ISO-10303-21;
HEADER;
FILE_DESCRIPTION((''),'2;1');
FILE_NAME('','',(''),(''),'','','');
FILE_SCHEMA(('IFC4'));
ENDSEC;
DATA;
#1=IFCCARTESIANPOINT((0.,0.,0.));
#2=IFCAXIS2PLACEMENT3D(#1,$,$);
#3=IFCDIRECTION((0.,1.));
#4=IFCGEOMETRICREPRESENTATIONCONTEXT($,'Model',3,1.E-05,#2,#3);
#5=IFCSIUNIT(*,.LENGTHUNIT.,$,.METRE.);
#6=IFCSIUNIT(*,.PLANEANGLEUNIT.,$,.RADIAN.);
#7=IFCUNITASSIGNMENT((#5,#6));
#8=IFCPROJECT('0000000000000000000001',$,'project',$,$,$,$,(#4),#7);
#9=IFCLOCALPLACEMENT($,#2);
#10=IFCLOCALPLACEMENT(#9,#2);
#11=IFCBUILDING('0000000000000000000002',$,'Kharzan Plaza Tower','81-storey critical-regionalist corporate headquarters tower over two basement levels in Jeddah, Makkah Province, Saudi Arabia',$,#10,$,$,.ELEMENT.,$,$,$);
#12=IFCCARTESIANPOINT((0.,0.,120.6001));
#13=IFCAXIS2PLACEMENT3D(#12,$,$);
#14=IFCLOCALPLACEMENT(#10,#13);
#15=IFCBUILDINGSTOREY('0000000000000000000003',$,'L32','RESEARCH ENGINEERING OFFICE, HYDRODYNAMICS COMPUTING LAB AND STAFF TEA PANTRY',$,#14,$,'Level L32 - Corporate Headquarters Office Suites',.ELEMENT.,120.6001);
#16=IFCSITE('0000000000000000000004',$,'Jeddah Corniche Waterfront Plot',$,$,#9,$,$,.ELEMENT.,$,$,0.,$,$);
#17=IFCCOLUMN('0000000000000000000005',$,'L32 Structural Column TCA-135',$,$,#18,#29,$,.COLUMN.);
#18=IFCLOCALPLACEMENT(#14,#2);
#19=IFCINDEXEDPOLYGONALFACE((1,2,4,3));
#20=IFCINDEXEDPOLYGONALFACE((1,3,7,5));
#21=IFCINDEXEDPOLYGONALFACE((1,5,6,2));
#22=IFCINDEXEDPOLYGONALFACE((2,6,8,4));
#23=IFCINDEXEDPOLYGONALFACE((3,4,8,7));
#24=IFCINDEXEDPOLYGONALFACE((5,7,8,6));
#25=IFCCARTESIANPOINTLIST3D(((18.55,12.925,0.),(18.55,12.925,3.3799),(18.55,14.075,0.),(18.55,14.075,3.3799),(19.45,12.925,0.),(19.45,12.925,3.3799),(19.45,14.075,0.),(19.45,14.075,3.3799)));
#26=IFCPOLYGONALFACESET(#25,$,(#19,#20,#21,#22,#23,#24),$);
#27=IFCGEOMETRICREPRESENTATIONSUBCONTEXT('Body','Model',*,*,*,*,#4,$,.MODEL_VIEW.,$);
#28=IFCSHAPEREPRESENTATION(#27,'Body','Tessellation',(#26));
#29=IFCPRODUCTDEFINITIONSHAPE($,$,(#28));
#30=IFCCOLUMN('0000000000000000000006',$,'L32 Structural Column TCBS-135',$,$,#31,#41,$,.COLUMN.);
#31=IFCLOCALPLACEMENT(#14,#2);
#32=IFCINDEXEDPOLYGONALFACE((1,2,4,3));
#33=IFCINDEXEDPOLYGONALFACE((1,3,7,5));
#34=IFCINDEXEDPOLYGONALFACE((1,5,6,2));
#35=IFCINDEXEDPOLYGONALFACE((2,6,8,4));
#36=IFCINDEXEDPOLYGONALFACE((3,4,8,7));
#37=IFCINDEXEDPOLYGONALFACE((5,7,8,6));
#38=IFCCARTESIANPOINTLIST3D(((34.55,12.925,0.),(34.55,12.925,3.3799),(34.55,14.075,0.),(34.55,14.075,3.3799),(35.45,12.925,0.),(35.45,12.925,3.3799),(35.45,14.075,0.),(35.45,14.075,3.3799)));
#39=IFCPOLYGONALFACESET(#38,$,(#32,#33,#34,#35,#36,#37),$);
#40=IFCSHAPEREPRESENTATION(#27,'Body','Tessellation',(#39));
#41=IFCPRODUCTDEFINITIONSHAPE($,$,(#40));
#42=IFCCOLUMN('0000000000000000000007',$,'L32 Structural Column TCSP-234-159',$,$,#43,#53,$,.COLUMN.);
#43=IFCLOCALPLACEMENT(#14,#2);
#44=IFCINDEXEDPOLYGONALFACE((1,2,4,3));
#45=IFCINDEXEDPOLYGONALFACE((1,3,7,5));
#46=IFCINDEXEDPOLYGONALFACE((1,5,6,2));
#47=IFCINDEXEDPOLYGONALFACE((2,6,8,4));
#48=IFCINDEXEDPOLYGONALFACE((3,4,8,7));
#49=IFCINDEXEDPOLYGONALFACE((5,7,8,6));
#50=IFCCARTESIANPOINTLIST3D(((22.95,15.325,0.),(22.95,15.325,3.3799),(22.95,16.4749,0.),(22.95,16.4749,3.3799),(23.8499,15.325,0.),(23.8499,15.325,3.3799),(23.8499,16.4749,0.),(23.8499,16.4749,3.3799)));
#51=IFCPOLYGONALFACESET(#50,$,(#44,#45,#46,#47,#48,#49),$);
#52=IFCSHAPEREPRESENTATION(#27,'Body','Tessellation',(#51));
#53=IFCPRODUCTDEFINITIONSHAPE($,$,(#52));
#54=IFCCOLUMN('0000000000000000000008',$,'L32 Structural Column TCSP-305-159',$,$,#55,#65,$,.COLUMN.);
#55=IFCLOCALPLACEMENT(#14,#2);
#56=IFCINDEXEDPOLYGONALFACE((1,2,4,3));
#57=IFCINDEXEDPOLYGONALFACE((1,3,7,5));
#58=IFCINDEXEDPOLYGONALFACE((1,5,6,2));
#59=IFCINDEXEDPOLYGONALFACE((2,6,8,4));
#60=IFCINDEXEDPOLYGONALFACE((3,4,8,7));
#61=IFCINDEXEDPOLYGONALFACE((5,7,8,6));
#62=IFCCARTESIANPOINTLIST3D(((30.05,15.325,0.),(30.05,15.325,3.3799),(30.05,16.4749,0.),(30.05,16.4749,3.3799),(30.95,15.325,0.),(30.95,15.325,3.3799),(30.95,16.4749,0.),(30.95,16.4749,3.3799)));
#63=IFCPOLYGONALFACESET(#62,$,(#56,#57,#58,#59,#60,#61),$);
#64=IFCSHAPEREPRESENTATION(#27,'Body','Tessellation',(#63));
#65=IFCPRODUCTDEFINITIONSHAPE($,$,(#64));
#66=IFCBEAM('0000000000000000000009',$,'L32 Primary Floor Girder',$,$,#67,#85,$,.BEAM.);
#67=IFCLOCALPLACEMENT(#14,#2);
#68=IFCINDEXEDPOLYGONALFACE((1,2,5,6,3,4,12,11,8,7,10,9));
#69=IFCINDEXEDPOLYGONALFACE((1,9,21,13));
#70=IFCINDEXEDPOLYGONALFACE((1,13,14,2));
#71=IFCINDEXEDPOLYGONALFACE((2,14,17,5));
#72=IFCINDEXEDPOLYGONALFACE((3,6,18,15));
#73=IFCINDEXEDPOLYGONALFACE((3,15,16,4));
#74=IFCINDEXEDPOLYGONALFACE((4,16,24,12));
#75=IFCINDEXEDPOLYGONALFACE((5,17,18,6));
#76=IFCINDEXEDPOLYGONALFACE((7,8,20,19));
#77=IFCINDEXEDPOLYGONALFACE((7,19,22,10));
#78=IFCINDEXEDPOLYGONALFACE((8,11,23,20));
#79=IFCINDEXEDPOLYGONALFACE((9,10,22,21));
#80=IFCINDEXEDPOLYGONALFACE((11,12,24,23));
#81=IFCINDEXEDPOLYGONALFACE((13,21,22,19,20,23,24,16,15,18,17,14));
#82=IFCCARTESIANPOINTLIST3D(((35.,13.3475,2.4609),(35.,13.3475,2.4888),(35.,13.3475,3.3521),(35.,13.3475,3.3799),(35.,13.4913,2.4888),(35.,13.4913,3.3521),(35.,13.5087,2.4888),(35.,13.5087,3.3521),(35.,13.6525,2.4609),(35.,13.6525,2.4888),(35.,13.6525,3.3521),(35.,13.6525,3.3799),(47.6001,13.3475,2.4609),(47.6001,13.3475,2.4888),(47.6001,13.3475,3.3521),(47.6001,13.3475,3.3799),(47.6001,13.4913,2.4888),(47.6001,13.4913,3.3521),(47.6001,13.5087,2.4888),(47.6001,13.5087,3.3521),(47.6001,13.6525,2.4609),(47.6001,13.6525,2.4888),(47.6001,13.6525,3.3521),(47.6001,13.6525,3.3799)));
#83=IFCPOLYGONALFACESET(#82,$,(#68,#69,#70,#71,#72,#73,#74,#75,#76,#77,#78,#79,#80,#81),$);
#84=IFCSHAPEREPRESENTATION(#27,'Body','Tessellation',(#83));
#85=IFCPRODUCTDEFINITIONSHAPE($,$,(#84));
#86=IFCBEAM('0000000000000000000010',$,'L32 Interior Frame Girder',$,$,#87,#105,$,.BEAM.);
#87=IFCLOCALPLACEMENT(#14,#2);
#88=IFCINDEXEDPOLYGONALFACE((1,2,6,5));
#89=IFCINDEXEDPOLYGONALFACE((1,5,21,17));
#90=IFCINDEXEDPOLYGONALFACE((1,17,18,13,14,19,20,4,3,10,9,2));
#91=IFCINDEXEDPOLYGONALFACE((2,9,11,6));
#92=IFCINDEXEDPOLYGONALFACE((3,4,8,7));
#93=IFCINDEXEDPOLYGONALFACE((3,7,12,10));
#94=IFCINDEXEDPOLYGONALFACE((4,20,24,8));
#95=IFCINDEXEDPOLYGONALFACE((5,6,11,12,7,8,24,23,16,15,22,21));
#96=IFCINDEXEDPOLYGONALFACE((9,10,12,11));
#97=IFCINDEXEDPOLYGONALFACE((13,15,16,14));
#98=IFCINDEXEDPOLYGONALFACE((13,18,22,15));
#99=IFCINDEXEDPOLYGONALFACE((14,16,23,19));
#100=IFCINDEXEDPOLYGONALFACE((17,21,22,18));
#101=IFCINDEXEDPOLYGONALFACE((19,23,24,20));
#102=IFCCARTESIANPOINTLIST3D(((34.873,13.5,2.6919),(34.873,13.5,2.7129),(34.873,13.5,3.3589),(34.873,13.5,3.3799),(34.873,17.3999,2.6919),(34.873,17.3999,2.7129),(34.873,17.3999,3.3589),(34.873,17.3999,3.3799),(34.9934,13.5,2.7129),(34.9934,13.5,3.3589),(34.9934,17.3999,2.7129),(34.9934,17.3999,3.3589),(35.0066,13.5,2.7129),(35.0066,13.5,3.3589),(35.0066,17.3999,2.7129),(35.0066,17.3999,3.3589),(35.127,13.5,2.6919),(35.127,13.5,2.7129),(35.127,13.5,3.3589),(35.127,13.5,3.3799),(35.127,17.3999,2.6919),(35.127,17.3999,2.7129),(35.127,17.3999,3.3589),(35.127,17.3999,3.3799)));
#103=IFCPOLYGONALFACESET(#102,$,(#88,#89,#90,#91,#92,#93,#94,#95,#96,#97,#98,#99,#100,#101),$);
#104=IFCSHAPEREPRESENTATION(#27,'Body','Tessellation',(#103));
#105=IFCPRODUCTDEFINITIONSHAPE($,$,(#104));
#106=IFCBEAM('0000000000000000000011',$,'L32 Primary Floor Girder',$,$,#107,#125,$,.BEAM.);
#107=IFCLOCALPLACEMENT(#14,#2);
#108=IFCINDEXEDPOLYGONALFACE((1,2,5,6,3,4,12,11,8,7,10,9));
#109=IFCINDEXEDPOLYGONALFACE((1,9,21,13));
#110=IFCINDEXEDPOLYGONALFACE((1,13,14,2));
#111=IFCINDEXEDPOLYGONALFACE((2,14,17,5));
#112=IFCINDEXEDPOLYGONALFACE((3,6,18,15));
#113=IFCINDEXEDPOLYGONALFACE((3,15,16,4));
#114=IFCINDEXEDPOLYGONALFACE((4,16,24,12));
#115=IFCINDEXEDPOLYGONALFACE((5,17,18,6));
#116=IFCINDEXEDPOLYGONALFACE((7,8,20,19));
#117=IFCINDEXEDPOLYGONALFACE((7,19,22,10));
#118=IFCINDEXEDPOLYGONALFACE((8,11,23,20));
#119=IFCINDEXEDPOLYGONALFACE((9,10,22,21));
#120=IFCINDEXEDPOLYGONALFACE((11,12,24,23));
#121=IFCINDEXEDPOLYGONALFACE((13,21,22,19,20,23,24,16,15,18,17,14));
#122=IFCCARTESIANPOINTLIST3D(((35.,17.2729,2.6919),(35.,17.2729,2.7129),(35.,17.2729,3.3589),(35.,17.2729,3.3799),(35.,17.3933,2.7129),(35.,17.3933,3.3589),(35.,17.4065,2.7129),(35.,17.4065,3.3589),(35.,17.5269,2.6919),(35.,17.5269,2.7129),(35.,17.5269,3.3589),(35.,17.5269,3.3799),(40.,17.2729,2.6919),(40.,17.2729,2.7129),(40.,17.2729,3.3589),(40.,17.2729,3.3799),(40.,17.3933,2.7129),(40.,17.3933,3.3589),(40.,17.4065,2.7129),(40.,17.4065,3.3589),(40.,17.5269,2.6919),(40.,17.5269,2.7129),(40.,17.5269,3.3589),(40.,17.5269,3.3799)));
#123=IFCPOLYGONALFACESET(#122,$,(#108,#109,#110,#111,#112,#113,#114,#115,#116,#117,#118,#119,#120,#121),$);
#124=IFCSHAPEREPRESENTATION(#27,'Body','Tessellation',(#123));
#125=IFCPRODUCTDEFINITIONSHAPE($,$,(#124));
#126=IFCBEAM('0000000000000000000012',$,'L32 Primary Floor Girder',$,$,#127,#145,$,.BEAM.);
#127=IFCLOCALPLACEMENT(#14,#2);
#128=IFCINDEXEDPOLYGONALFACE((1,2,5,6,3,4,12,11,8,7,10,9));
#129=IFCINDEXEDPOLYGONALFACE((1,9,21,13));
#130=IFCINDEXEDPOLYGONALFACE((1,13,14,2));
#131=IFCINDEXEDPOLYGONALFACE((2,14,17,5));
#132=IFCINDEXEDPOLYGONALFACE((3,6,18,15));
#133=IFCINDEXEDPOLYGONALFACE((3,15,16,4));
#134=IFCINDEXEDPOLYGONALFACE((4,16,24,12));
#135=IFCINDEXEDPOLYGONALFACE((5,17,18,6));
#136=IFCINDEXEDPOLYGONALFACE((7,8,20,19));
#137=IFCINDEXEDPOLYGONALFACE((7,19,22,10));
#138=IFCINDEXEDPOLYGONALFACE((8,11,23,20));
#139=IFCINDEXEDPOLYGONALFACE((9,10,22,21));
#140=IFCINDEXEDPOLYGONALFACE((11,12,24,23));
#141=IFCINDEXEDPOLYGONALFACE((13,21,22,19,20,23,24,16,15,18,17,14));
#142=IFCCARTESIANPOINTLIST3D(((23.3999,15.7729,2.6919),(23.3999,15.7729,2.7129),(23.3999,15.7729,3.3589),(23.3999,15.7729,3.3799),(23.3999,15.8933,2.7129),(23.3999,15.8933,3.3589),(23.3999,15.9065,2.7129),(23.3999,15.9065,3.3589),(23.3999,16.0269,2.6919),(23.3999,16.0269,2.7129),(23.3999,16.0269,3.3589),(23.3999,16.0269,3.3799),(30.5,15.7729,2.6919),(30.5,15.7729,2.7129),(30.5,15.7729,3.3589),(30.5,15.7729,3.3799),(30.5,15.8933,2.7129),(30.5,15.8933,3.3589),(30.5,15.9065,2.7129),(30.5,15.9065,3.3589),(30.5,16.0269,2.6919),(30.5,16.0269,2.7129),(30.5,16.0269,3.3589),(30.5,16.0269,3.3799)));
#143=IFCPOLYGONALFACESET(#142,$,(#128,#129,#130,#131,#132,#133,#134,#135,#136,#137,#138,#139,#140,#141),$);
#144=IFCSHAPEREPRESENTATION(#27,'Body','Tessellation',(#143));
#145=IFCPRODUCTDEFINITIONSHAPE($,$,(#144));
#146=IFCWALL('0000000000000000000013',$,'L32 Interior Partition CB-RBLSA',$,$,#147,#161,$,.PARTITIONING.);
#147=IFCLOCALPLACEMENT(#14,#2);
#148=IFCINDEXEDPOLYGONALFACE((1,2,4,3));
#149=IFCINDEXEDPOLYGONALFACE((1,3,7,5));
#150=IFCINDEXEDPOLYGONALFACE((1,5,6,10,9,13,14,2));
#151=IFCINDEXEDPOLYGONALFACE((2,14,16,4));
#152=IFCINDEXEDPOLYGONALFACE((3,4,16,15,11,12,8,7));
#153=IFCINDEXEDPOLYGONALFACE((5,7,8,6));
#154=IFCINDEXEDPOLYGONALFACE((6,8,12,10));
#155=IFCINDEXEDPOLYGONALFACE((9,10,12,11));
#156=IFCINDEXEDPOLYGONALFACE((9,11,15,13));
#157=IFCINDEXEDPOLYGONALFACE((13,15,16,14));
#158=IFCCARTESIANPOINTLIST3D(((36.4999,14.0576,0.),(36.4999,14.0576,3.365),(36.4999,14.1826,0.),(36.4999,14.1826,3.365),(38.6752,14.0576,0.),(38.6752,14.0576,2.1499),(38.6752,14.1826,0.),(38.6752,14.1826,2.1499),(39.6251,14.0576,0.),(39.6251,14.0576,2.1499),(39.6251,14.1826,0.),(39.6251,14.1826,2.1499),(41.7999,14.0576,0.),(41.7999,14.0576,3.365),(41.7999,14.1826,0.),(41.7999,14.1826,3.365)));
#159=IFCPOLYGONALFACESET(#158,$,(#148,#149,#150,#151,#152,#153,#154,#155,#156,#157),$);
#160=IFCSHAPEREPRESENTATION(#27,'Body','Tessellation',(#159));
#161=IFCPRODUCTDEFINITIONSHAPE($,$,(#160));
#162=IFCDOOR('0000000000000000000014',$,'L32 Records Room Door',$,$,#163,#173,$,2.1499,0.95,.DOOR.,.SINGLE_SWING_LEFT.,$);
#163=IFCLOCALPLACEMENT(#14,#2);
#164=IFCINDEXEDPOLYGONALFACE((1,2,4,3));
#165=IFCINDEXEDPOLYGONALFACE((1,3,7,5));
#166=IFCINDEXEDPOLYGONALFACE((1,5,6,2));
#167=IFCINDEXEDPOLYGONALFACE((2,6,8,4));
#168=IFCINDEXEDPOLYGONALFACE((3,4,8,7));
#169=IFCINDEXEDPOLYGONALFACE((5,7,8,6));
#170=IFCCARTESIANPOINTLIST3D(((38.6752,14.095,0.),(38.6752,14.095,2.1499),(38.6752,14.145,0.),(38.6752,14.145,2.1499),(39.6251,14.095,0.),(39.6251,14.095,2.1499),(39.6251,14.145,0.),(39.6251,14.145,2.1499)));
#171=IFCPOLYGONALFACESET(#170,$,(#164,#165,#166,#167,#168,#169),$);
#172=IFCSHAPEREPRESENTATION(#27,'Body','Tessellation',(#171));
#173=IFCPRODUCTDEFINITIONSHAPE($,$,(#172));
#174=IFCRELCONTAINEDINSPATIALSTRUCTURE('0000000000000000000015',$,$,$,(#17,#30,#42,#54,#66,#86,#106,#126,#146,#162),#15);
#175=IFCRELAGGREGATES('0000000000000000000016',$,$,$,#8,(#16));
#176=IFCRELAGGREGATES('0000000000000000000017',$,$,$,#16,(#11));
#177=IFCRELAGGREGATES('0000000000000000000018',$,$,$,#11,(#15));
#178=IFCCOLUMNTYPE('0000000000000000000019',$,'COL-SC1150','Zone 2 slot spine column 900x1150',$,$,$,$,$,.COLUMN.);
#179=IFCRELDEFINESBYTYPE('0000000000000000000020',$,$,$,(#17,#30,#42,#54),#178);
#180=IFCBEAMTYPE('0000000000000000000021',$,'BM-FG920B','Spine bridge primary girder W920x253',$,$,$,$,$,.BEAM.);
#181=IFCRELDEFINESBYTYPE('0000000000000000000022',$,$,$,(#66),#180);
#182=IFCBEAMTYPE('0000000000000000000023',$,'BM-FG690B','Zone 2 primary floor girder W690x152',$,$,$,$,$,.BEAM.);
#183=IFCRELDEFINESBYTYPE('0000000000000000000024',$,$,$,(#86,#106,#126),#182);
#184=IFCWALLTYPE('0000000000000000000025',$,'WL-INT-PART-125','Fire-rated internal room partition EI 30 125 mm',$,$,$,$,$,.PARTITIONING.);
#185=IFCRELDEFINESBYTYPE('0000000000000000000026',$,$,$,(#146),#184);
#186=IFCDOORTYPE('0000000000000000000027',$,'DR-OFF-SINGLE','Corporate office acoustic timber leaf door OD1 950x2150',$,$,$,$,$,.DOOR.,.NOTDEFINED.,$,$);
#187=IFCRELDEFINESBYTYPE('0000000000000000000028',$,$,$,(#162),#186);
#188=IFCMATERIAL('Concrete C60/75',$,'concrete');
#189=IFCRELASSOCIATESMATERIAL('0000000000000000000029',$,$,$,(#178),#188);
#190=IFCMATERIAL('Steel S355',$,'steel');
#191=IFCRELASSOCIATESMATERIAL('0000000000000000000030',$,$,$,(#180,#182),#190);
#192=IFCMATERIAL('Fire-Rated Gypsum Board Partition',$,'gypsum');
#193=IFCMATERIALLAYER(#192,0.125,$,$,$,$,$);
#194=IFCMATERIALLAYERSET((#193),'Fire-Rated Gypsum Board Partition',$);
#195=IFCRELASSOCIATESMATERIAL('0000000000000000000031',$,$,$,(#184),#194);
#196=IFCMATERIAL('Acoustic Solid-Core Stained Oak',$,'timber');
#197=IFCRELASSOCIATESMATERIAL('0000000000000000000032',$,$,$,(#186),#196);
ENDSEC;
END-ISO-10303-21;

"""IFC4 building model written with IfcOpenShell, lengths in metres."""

from ifc_helpers import new_model, si_unit, direction, frame, frame_2d, origin, origin_2d, place, context, subcontext, project, spatial, rectangle, i_section, extrude, source, transform, mapped, material, layer, layer_set, material_profile, profile_set, type_object, element, fill, save


model = new_model("IFC4")

# Units and contexts
model_context = context("Model", 3, precision=1e-05, world=origin(), true_north=direction((0.0, 1.0)))
body_context = subcontext(model_context, "Body", "Model", "MODEL_VIEW")
ifc_project = project(units=[si_unit("LENGTHUNIT", "METRE"), si_unit("PLANEANGLEUNIT", "RADIAN")], contexts=[model_context])

# Site, building, storey
site_placement = place(None, origin())
site = spatial("IfcSite", under=ifc_project, at=site_placement, Name="Jeddah Corniche Waterfront Plot", CompositionType="ELEMENT", RefElevation=0.0)
building_placement = place(site_placement, origin())
building = spatial("IfcBuilding", under=site, at=building_placement, Name="Kharzan Plaza Tower", Description="81-storey critical-regionalist corporate headquarters tower over two basement levels in Jeddah, Makkah Province, Saudi Arabia", CompositionType="ELEMENT")
storey_placement = place(building_placement, frame((0.0, 0.0, 120.6001)))
storey = spatial("IfcBuildingStorey", under=building, at=storey_placement, Name="L32", Description="RESEARCH ENGINEERING OFFICE, HYDRODYNAMICS COMPUTING LAB AND STAFF TEA PANTRY", LongName="Level L32 - Corporate Headquarters Office Suites", CompositionType="ELEMENT", Elevation=120.6001)

# Columns
ifc_material_1 = material(Name="Concrete C60/75", Category="concrete")
ifc_material_profile_1 = material_profile(ifc_material_1, rectangle(XDim=0.8999, YDim=1.1499, at=origin_2d()), Name="RC-SC1150x900")
ifc_profile_set_1 = profile_set([ifc_material_profile_1], Name="Concrete C60/75")
column_type = type_object("IfcColumnType", Name="COL-SC1150", Description="Zone 2 slot spine column 900x1150", PredefinedType="COLUMN", material=ifc_profile_set_1)
shared_shape_1 = source(origin(), body_context, "Body", "SweptSolid", [
    extrude(rectangle(XDim=0.8999, YDim=1.1499, at=origin_2d()), origin(), (0.0, 0.0, 1.0), 3.3799),
])
for number, where, z_axis, x_axis, name in (
    (1, (19.0, 13.5, 0.0), (0.0, 0.0, 1.0), (1.0, 0.0, 0.0), "L32 Structural Column TCA-135"),
    (2, (35.0, 13.5, 0.0), (0.0, 0.0, 1.0), (1.0, 0.0, 0.0), "L32 Structural Column TCBS-135"),
    (3, (23.3999, 15.8999, 0.0), (0.0, 0.0, 1.0), (1.0, 0.0, 0.0), "L32 Structural Column TCSP-234-159"),
    (4, (30.5, 15.8999, 0.0), (0.0, 0.0, 1.0), (1.0, 0.0, 0.0), "L32 Structural Column TCSP-305-159"),
):
    element("IfcColumn", number, at=place(storey_placement, frame(where, z_axis=z_axis, x_axis=x_axis)), inside=storey, type_object=column_type, Name=name, PredefinedType="COLUMN", context=body_context, shape_type="MappedRepresentation", body=[
        mapped(shared_shape_1, transform((0.0, 0.0, 0.0), x_axis=(1.0, 0.0, 0.0), y_axis=(0.0, 1.0, 0.0), z_axis=(0.0, 0.0, 1.0))),
    ])

# Beams
ifc_material_2 = material(Name="Steel S355", Category="steel")
ifc_material_profile_2 = material_profile(ifc_material_2, i_section(OverallWidth=0.3049, OverallDepth=0.9189, WebThickness=0.0173, FlangeThickness=0.0278, at=origin_2d()), Name="W920x253")
ifc_profile_set_2 = profile_set([ifc_material_profile_2], Name="Steel S355")
beam_type_1 = type_object("IfcBeamType", Name="BM-FG920B", Description="Spine bridge primary girder W920x253", PredefinedType="BEAM", material=ifc_profile_set_2)
shared_shape_2 = source(origin(), body_context, "Body", "SweptSolid", [
    extrude(i_section(OverallWidth=0.3049, OverallDepth=0.9189, WebThickness=0.0173, FlangeThickness=0.0278, at=origin_2d()), origin(), (0.0, 0.0, 1.0), 12.6001),
])
beam_1_placement = place(storey_placement, frame((35.0, 13.5, 2.9204), z_axis=(1.0, 0.0, 0.0), x_axis=(0.0, 1.0, 0.0)))
element("IfcBeam", 5, at=beam_1_placement, inside=storey, type_object=beam_type_1, Name="L32 Primary Floor Girder", PredefinedType="BEAM", context=body_context, shape_type="MappedRepresentation", body=[
    mapped(shared_shape_2, transform((0.0, 0.0, 0.0), x_axis=(1.0, 0.0, 0.0), y_axis=(0.0, 1.0, 0.0), z_axis=(0.0, 0.0, 1.0))),
])
ifc_material_profile_3 = material_profile(ifc_material_2, i_section(OverallWidth=0.2539, OverallDepth=0.688, WebThickness=0.0132, FlangeThickness=0.021, at=origin_2d()), Name="W690x152")
ifc_profile_set_3 = profile_set([ifc_material_profile_3], Name="Steel S355")
beam_type_2 = type_object("IfcBeamType", Name="BM-FG690B", Description="Zone 2 primary floor girder W690x152", PredefinedType="BEAM", material=ifc_profile_set_3)
shared_shape_3 = source(origin(), body_context, "Body", "SweptSolid", [
    extrude(i_section(OverallWidth=0.2539, OverallDepth=0.688, WebThickness=0.0132, FlangeThickness=0.021, at=origin_2d()), origin(), (0.0, 0.0, 1.0), 3.8999),
])
beam_2_placement = place(storey_placement, frame((35.0, 13.5, 3.0359), z_axis=(0.0, 1.0, 0.0), x_axis=(-1.0, 0.0, 0.0)))
element("IfcBeam", 6, at=beam_2_placement, inside=storey, type_object=beam_type_2, Name="L32 Interior Frame Girder", PredefinedType="BEAM", context=body_context, shape_type="MappedRepresentation", body=[
    mapped(shared_shape_3, transform((0.0, 0.0, 0.0), x_axis=(1.0, 0.0, 0.0), y_axis=(0.0, 1.0, 0.0), z_axis=(0.0, 0.0, 1.0))),
])
shared_shape_4 = source(origin(), body_context, "Body", "SweptSolid", [
    extrude(i_section(OverallWidth=0.2539, OverallDepth=0.688, WebThickness=0.0132, FlangeThickness=0.021, at=origin_2d()), origin(), (0.0, 0.0, 1.0), 5.0),
])
beam_3_placement = place(storey_placement, frame((35.0, 17.3999, 3.0359), z_axis=(1.0, 0.0, 0.0), x_axis=(0.0, 1.0, 0.0)))
element("IfcBeam", 7, at=beam_3_placement, inside=storey, type_object=beam_type_2, Name="L32 Primary Floor Girder", PredefinedType="BEAM", context=body_context, shape_type="MappedRepresentation", body=[
    mapped(shared_shape_4, transform((0.0, 0.0, 0.0), x_axis=(1.0, 0.0, 0.0), y_axis=(0.0, 1.0, 0.0), z_axis=(0.0, 0.0, 1.0))),
])
shared_shape_5 = source(origin(), body_context, "Body", "SweptSolid", [
    extrude(i_section(OverallWidth=0.2539, OverallDepth=0.688, WebThickness=0.0132, FlangeThickness=0.021, at=origin_2d()), origin(), (0.0, 0.0, 1.0), 7.1001),
])
beam_4_placement = place(storey_placement, frame((23.3999, 15.8999, 3.0359), z_axis=(1.0, 0.0, 0.0), x_axis=(0.0, 1.0, 0.0)))
element("IfcBeam", 8, at=beam_4_placement, inside=storey, type_object=beam_type_2, Name="L32 Primary Floor Girder", PredefinedType="BEAM", context=body_context, shape_type="MappedRepresentation", body=[
    mapped(shared_shape_5, transform((0.0, 0.0, 0.0), x_axis=(1.0, 0.0, 0.0), y_axis=(0.0, 1.0, 0.0), z_axis=(0.0, 0.0, 1.0))),
])

# Wall, opening, door
ifc_material_3 = material(Name="Fire-Rated Gypsum Board Partition", Category="gypsum")
ifc_layer_1 = layer(ifc_material_3, 0.125)
ifc_layer_set_1 = layer_set([ifc_layer_1], Name="Fire-Rated Gypsum Board Partition")
wall_type_1 = type_object("IfcWallType", Name="WL-INT-PART-125", Description="Fire-rated internal room partition EI 30 125 mm", PredefinedType="PARTITIONING", material=ifc_layer_set_1)
wall_1_placement = place(storey_placement, frame((36.5, 14.1201, 0.0), z_axis=(0.0, 0.0, 1.0), x_axis=(1.0, 0.0, 0.0)))
wall_1 = element("IfcWall", 9, at=wall_1_placement, inside=storey, type_object=wall_type_1, Name="L32 Interior Partition CB-RBLSA", PredefinedType="PARTITIONING", context=body_context, shape_type="SweptSolid", body=[
    extrude(rectangle(XDim=5.3, YDim=0.125, at=frame_2d((2.6499, 0.0))), origin(), (0.0, 0.0, 1.0), 3.365),
])
opening_1_placement = place(wall_1_placement, frame((2.175, 0.0, 0.0)))
opening_1 = element("IfcOpeningElement", 10, at=opening_1_placement, cuts=wall_1, PredefinedType="OPENING", context=body_context, shape_type="SweptSolid", body=[
    extrude(rectangle(XDim=0.95, YDim=2.1499, at=frame_2d((0.4751, 1.075))), frame((0.0, 0.0725, 0.0), z_axis=(0.0, -1.0, 0.0), x_axis=(1.0, 0.0, 0.0)), (0.0, 0.0, 1.0), 0.145),
])
ifc_material_4 = material(Name="Acoustic Solid-Core Stained Oak", Category="timber")
door_type_1 = type_object("IfcDoorType", Name="DR-OFF-SINGLE", Description="Corporate office acoustic timber leaf door OD1 950x2150", OperationType="NOTDEFINED", PredefinedType="DOOR", material=ifc_material_4)
shared_shape_6 = source(origin(), body_context, "Body", "SweptSolid", [
    extrude(rectangle(XDim=0.95, YDim=2.1499, at=frame_2d((0.4751, 1.075))), frame((0.0, 0.0249, 0.0), z_axis=(0.0, -1.0, 0.0), x_axis=(1.0, 0.0, 0.0)), (0.0, 0.0, 1.0), 0.05),
])
door_1_placement = place(opening_1_placement, origin())
door_1 = element("IfcDoor", 11, at=door_1_placement, inside=storey, type_object=door_type_1, Name="L32 Records Room Door", OperationType="SINGLE_SWING_LEFT", OverallHeight=2.1499, OverallWidth=0.95, PredefinedType="DOOR", context=body_context, shape_type="MappedRepresentation", body=[
    mapped(shared_shape_6, transform((0.0, 0.0, 0.0), x_axis=(1.0, 0.0, 0.0), y_axis=(0.0, 1.0, 0.0), z_axis=(0.0, 0.0, 1.0))),
])
fill(opening_1, door_1)

save(model, "model.ifc")
